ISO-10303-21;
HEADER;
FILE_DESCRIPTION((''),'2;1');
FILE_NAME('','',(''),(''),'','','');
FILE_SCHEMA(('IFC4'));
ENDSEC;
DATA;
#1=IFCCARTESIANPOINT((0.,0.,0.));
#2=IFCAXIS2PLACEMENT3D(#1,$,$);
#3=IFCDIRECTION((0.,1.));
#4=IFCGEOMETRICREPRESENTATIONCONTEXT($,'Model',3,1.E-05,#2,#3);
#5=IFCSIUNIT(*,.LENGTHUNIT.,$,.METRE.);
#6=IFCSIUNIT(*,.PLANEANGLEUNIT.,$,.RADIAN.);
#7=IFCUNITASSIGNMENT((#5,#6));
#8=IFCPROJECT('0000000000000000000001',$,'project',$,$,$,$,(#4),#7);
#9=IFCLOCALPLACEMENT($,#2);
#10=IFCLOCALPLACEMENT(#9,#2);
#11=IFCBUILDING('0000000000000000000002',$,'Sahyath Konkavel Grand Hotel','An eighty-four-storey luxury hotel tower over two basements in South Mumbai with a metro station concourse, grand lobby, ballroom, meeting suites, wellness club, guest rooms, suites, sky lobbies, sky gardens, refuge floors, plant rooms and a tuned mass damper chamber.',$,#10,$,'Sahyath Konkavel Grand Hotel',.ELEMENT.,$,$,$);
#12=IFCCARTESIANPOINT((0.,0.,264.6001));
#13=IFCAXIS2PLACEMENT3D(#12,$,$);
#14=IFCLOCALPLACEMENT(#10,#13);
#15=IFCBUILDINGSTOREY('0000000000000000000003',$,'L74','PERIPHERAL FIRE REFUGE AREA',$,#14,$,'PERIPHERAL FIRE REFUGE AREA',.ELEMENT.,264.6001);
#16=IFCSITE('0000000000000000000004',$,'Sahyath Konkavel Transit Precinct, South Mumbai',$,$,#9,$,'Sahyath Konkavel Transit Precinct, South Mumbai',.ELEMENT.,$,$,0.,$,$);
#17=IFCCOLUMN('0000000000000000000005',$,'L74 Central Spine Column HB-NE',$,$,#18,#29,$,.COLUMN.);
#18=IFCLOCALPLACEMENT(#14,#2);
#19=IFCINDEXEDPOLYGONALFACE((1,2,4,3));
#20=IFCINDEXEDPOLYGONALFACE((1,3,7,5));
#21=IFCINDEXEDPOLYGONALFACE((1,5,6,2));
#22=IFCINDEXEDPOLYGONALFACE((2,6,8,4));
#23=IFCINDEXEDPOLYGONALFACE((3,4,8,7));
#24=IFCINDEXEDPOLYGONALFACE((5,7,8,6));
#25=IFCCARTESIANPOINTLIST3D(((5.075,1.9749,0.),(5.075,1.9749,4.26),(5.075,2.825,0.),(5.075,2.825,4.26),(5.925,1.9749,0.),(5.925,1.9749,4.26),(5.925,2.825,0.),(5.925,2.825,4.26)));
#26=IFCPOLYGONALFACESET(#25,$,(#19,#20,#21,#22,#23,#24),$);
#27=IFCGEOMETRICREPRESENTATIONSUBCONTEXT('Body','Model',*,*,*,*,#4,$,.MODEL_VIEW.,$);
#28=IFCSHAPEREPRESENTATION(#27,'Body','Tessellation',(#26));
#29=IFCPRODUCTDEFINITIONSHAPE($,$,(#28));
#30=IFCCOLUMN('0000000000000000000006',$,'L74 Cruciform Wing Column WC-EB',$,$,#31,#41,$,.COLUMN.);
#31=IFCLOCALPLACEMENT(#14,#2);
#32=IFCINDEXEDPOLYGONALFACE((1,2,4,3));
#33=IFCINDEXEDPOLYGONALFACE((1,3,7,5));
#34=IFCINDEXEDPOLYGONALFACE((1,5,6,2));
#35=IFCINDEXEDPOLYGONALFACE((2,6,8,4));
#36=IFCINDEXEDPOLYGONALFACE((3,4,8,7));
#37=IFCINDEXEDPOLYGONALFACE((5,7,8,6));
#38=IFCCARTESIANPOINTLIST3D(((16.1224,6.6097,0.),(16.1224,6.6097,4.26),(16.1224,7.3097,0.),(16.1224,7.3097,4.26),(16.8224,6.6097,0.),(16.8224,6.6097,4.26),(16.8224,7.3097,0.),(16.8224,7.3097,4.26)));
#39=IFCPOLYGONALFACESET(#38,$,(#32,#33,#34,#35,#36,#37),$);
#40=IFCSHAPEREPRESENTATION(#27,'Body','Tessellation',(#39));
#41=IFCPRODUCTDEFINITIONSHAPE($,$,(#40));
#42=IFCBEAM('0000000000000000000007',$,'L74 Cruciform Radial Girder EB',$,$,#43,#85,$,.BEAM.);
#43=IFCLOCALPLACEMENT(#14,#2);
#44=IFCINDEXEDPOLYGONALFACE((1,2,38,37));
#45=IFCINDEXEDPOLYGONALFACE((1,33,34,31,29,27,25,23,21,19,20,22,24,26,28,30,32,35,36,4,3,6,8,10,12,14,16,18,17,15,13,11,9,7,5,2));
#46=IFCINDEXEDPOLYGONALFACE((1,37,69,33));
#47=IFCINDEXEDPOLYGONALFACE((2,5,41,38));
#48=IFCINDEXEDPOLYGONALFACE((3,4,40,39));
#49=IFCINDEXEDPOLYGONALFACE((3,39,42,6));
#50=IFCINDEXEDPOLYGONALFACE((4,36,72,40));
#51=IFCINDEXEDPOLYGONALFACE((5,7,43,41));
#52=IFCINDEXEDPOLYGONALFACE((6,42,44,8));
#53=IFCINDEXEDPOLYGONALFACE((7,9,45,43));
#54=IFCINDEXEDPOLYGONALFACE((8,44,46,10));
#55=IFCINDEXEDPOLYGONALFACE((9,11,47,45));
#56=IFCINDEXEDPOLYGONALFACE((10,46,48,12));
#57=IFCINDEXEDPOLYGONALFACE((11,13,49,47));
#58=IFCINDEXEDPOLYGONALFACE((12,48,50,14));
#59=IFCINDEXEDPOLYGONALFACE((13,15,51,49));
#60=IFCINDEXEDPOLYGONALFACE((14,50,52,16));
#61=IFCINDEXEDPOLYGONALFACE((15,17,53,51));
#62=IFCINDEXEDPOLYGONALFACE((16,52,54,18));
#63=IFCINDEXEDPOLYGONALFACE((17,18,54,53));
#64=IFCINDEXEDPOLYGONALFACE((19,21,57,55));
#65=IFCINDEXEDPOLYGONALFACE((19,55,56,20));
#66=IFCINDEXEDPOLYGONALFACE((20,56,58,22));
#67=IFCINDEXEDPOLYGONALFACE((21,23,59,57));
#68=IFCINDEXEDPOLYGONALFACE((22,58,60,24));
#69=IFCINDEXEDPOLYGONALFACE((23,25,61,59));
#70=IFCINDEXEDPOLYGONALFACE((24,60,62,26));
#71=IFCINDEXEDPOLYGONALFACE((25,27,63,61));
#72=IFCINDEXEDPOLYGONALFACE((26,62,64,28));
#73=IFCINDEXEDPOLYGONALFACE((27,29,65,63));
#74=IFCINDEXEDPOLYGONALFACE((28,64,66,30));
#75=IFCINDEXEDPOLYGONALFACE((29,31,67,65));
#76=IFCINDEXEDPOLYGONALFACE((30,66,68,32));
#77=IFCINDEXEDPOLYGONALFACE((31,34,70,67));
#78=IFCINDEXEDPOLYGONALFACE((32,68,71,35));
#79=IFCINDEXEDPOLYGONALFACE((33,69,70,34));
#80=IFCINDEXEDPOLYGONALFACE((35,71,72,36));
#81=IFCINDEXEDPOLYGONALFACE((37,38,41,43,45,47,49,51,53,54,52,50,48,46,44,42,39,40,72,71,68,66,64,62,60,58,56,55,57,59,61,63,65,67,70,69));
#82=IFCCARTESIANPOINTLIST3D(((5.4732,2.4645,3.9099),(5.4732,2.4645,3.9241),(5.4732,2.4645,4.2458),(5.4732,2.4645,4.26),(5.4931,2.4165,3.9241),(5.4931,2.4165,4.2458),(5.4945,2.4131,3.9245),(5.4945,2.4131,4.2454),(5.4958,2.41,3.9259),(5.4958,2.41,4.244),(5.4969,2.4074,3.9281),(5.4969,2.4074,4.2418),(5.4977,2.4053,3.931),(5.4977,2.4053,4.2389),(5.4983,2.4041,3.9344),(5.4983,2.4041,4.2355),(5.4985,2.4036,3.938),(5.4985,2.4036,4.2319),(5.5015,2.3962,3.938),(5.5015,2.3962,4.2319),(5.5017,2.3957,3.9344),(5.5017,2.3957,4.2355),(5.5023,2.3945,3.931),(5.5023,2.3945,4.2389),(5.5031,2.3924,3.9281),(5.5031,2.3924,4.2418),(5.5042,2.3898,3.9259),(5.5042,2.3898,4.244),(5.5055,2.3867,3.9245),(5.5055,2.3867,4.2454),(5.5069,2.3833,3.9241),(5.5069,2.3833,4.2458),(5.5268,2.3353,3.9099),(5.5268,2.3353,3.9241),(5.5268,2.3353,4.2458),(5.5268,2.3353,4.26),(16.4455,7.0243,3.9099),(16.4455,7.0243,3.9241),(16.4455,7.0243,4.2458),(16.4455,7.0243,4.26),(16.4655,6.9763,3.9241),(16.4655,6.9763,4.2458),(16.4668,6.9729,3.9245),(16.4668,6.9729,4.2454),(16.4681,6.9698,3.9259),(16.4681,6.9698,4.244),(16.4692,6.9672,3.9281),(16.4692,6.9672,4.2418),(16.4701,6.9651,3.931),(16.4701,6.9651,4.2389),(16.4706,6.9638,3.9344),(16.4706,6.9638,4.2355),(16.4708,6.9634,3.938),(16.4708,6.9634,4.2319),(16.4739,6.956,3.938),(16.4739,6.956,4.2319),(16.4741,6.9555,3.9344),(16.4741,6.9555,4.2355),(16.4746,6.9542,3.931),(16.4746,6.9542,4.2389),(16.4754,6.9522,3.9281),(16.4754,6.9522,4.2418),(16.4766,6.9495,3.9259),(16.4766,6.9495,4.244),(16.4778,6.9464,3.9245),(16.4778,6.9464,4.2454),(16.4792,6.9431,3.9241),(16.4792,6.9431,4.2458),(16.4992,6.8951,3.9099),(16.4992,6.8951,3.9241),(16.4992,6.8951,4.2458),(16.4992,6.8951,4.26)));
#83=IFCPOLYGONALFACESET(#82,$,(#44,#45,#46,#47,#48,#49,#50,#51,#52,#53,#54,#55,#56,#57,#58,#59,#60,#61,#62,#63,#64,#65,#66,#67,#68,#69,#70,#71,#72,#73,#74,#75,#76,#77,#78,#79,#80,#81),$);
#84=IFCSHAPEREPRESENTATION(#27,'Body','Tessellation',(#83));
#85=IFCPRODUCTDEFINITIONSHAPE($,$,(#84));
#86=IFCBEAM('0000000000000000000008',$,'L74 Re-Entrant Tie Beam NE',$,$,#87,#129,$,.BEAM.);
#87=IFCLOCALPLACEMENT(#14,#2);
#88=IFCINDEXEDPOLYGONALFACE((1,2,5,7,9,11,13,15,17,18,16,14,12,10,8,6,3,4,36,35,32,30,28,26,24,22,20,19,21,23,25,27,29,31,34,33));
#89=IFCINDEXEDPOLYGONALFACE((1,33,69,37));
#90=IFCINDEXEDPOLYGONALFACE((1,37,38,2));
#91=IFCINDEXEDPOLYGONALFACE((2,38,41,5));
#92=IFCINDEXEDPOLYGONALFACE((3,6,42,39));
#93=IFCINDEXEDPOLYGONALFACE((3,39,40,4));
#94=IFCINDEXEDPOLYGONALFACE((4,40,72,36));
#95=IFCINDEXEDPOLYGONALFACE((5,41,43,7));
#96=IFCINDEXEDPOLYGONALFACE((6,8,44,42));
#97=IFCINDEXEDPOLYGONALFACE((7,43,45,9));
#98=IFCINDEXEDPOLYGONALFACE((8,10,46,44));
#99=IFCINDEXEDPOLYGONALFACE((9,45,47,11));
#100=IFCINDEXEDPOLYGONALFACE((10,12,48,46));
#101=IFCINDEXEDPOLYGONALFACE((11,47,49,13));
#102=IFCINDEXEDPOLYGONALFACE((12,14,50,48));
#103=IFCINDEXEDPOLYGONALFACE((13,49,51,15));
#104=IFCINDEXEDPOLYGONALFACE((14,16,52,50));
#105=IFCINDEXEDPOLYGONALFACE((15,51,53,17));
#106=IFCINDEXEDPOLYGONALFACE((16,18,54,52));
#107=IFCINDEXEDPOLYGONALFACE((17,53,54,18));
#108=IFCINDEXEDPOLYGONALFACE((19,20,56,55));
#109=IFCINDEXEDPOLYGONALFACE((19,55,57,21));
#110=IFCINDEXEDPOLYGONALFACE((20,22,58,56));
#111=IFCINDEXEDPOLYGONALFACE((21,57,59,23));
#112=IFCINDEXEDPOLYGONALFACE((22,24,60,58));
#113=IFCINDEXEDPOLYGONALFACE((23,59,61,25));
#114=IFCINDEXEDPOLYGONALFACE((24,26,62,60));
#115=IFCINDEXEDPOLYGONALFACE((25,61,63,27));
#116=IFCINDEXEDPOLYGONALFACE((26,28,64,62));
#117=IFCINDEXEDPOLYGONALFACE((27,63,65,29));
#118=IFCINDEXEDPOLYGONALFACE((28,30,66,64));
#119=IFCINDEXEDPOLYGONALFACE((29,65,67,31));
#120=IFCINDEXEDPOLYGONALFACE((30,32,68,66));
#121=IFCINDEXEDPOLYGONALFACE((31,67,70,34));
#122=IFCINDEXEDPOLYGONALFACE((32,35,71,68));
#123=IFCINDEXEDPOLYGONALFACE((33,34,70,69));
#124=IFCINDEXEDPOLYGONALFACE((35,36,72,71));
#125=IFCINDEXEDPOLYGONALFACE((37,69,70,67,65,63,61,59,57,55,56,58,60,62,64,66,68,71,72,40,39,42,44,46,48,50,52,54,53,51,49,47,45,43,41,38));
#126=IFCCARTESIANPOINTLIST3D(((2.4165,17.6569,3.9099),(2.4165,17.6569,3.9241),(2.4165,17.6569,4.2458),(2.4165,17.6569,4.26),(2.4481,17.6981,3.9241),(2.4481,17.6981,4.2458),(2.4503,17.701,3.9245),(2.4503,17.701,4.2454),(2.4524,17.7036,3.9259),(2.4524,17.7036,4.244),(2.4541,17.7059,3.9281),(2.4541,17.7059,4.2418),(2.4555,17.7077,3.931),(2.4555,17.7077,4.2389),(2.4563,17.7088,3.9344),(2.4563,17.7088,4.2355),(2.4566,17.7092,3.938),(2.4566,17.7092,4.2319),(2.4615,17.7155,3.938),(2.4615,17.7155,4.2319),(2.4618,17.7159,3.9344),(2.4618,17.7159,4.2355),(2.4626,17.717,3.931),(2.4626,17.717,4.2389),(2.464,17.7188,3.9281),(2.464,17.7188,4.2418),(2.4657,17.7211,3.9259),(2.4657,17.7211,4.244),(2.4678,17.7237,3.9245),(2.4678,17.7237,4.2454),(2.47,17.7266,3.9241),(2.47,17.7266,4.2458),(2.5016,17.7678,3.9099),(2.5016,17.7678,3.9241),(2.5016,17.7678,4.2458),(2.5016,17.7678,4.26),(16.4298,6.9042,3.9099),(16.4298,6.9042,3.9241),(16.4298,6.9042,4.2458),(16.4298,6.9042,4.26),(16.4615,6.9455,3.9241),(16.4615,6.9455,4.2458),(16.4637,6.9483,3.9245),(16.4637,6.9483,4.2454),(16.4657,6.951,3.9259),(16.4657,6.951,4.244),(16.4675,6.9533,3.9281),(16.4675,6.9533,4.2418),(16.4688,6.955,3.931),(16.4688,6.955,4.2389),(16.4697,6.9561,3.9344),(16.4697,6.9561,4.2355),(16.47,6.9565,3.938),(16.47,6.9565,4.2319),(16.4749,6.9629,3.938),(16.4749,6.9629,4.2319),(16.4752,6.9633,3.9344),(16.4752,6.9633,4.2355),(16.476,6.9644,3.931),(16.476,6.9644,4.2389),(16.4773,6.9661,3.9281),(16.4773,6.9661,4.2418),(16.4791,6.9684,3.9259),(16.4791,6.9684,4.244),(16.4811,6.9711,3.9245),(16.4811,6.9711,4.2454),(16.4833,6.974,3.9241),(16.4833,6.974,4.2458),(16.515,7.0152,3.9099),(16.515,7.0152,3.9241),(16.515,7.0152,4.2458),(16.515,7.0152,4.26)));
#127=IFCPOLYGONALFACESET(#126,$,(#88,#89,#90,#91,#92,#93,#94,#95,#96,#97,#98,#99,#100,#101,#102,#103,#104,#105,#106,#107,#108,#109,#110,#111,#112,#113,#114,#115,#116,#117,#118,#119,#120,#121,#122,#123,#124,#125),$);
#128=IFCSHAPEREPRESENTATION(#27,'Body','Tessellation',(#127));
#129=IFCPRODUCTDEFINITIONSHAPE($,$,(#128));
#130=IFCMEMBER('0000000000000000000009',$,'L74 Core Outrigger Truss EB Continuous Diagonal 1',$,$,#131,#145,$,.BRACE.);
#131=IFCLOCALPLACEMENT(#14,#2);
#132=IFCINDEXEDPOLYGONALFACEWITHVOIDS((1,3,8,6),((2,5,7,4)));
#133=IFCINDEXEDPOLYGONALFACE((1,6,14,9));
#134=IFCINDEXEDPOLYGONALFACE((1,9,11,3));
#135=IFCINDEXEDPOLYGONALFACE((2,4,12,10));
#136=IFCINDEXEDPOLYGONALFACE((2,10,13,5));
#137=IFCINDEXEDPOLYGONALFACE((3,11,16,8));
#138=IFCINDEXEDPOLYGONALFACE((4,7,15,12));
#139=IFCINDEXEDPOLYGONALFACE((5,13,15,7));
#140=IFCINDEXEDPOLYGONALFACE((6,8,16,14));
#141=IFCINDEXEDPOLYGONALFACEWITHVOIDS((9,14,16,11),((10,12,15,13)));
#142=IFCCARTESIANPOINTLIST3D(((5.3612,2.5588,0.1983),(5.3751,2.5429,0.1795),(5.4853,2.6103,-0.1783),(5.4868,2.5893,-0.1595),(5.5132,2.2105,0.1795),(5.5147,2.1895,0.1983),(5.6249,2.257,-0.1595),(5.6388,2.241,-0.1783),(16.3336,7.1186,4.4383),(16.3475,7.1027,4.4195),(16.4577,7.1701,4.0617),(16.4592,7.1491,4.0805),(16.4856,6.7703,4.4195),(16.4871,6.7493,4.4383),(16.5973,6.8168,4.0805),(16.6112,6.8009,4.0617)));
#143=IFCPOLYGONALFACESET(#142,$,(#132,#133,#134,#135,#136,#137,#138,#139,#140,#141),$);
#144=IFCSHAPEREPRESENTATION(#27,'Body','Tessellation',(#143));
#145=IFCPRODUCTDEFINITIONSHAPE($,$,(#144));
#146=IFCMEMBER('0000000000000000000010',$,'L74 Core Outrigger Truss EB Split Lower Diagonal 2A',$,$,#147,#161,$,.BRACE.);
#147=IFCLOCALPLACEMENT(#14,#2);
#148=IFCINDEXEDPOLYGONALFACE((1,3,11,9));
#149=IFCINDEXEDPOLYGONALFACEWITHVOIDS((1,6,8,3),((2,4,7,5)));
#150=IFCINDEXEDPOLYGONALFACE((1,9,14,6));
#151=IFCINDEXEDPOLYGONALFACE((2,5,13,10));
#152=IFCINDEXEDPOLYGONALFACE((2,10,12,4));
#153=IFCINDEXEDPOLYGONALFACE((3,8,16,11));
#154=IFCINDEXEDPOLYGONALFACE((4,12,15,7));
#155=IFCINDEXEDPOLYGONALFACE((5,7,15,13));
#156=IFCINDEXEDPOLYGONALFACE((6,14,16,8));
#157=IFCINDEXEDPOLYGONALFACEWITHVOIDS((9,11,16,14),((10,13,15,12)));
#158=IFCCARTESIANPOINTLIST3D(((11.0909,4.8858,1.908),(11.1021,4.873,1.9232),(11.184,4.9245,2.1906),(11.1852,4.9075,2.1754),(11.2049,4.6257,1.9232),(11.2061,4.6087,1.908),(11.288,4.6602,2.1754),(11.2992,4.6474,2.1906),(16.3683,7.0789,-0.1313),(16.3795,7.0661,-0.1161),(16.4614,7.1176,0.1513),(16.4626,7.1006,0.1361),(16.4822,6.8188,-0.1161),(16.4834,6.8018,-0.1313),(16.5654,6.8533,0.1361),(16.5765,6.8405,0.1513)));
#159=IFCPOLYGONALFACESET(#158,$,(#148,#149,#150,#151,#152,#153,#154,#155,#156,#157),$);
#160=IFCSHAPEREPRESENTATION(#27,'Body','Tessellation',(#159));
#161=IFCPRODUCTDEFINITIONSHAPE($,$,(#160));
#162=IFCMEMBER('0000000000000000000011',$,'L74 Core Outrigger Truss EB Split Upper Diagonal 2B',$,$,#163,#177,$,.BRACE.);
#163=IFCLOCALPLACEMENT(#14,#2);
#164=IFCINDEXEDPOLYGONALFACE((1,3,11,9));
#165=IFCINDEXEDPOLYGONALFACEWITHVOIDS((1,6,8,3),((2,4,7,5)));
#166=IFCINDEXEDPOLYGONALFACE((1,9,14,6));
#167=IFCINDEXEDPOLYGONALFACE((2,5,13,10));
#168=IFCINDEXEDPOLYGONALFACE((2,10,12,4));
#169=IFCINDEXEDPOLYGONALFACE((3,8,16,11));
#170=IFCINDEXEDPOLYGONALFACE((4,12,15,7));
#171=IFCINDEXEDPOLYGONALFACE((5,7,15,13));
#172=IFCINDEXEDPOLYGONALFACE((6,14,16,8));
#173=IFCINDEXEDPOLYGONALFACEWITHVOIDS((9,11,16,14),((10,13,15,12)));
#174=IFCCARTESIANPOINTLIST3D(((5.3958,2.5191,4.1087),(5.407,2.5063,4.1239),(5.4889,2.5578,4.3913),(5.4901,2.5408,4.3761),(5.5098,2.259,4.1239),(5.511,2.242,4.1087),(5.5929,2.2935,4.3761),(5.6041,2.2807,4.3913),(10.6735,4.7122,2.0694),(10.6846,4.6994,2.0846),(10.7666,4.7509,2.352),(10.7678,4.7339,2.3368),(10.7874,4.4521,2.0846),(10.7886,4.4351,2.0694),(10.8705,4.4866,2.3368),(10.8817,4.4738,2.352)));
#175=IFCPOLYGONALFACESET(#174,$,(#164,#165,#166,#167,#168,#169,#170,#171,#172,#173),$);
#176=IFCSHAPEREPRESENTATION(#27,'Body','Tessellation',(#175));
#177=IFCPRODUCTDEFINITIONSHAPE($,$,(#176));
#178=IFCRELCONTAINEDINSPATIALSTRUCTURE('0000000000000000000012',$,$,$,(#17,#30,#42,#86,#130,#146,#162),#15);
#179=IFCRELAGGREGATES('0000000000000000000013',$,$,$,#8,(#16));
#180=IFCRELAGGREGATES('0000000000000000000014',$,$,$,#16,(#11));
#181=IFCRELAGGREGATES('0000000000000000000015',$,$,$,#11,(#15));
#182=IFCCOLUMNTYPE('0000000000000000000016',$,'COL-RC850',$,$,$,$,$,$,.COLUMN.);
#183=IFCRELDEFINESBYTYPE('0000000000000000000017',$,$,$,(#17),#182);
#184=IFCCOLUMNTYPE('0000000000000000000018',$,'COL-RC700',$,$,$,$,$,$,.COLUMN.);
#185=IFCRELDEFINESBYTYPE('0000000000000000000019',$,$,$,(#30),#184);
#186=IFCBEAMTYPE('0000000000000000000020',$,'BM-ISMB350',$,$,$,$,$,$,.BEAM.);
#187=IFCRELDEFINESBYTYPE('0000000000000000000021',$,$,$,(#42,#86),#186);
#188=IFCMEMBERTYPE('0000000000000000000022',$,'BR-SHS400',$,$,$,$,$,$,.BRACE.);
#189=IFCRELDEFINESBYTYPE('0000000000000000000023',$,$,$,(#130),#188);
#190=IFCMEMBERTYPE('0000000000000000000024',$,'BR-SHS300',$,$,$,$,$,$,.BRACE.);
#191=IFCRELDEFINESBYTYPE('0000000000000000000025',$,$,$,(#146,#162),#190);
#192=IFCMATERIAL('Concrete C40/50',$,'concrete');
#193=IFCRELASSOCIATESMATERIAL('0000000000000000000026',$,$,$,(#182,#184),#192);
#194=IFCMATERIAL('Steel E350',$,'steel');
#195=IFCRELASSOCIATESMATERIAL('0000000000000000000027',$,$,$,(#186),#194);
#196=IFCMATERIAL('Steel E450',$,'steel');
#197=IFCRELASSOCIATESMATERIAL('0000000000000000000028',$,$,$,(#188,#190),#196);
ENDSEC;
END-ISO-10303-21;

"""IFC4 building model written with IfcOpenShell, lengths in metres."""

from ifc_helpers import new_model, si_unit, direction, frame, origin, origin_2d, place, context, subcontext, project, spatial, rectangle, hollow_rectangle, i_section, extrude, source, transform, mapped, material, material_profile, profile_set, type_object, element, save


model = new_model("IFC4")

# Units and contexts
model_context = context("Model", 3, precision=1e-05, world=origin(), true_north=direction((0.0, 1.0)))
body_context = subcontext(model_context, "Body", "Model", "MODEL_VIEW")
ifc_project = project(units=[si_unit("LENGTHUNIT", "METRE"), si_unit("PLANEANGLEUNIT", "RADIAN")], contexts=[model_context])

# Site, building, storey
site_placement = place(None, origin())
site = spatial("IfcSite", under=ifc_project, at=site_placement, Name="Sahyath Konkavel Transit Precinct, South Mumbai", LongName="Sahyath Konkavel Transit Precinct, South Mumbai", CompositionType="ELEMENT", RefElevation=0.0)
building_placement = place(site_placement, origin())
building = spatial("IfcBuilding", under=site, at=building_placement, Name="Sahyath Konkavel Grand Hotel", Description="An eighty-four-storey luxury hotel tower over two basements in South Mumbai with a metro station concourse, grand lobby, ballroom, meeting suites, wellness club, guest rooms, suites, sky lobbies, sky gardens, refuge floors, plant rooms and a tuned mass damper chamber.", LongName="Sahyath Konkavel Grand Hotel", CompositionType="ELEMENT")
storey_placement = place(building_placement, frame((0.0, 0.0, 264.6001)))
storey = spatial("IfcBuildingStorey", under=building, at=storey_placement, Name="L74", Description="PERIPHERAL FIRE REFUGE AREA", LongName="PERIPHERAL FIRE REFUGE AREA", CompositionType="ELEMENT", Elevation=264.6001)

# Columns
ifc_material_1 = material(Name="Concrete C40/50", Category="concrete")
ifc_material_profile_1 = material_profile(ifc_material_1, rectangle(XDim=0.8501, YDim=0.8501, at=origin_2d()), Name="RC 850x850")
ifc_profile_set_1 = profile_set([ifc_material_profile_1], Name="Concrete C40/50")
column_type_1 = type_object("IfcColumnType", Name="COL-RC850", PredefinedType="COLUMN", material=ifc_profile_set_1)
shared_shape_1 = source(origin(), body_context, "Body", "SweptSolid", [
    extrude(rectangle(XDim=0.8501, YDim=0.8501, at=origin_2d()), origin(), (0.0, 0.0, 1.0), 4.26),
])
column_1_placement = place(storey_placement, frame((5.5, 2.3999, 0.0), z_axis=(0.0, 0.0, 1.0), x_axis=(1.0, 0.0, 0.0)))
element("IfcColumn", 1, at=column_1_placement, inside=storey, type_object=column_type_1, Name="L74 Central Spine Column HB-NE", PredefinedType="COLUMN", context=body_context, shape_type="MappedRepresentation", body=[
    mapped(shared_shape_1, transform((0.0, 0.0, 0.0), scale=1.0)),
])
ifc_material_profile_2 = material_profile(ifc_material_1, rectangle(XDim=0.7, YDim=0.7, at=origin_2d()), Name="RC 700x700")
ifc_profile_set_2 = profile_set([ifc_material_profile_2], Name="Concrete C40/50")
column_type_2 = type_object("IfcColumnType", Name="COL-RC700", PredefinedType="COLUMN", material=ifc_profile_set_2)
shared_shape_2 = source(origin(), body_context, "Body", "SweptSolid", [
    extrude(rectangle(XDim=0.7, YDim=0.7, at=origin_2d()), origin(), (0.0, 0.0, 1.0), 4.26),
])
column_2_placement = place(storey_placement, frame((16.4724, 6.9597, 0.0), z_axis=(0.0, 0.0, 1.0), x_axis=(1.0, 0.0, 0.0)))
element("IfcColumn", 2, at=column_2_placement, inside=storey, type_object=column_type_2, Name="L74 Cruciform Wing Column WC-EB", PredefinedType="COLUMN", context=body_context, shape_type="MappedRepresentation", body=[
    mapped(shared_shape_2, transform((0.0, 0.0, 0.0), scale=1.0)),
])

# Beams
ifc_material_2 = material(Name="Steel E350", Category="steel")
ifc_material_profile_3 = material_profile(ifc_material_2, i_section(OverallWidth=0.1399, OverallDepth=0.3501, WebThickness=0.0081, FlangeThickness=0.0142, FilletRadius=0.0139, at=origin_2d()), Name="ISMB 350")
ifc_profile_set_3 = profile_set([ifc_material_profile_3], Name="Steel E350")
beam_type = type_object("IfcBeamType", Name="BM-ISMB350", PredefinedType="BEAM", material=ifc_profile_set_3)
shared_shape_3 = source(origin(), body_context, "Body", "SweptSolid", [
    extrude(i_section(OverallWidth=0.1399, OverallDepth=0.3501, WebThickness=0.0081, FlangeThickness=0.0142, FilletRadius=0.0139, at=origin_2d()), origin(), (0.0, 0.0, 1.0), 11.8821),
])
beam_1_placement = place(storey_placement, frame((5.5, 2.3999, 4.085), z_axis=(0.923436, 0.383753, 0.0), x_axis=(-0.383753, 0.923436, 0.0)))
element("IfcBeam", 3, at=beam_1_placement, inside=storey, type_object=beam_type, Name="L74 Cruciform Radial Girder EB", PredefinedType="BEAM", context=body_context, shape_type="MappedRepresentation", body=[
    mapped(shared_shape_3, transform((0.0, 0.0, 0.0), scale=1.0)),
])
shared_shape_4 = source(origin(), body_context, "Body", "SweptSolid", [
    extrude(i_section(OverallWidth=0.1399, OverallDepth=0.3501, WebThickness=0.0081, FlangeThickness=0.0142, FilletRadius=0.0139, at=origin_2d()), origin(), (0.0, 0.0, 1.0), 17.6633),
])
beam_2_placement = place(storey_placement, frame((16.4724, 6.9597, 4.085), z_axis=(-0.793359, 0.608754, 0.0), x_axis=(-0.608754, -0.793359, 0.0)))
element("IfcBeam", 4, at=beam_2_placement, inside=storey, type_object=beam_type, Name="L74 Re-Entrant Tie Beam NE", PredefinedType="BEAM", context=body_context, shape_type="MappedRepresentation", body=[
    mapped(shared_shape_4, transform((0.0, 0.0, 0.0), scale=1.0)),
])

# Members
ifc_material_3 = material(Name="Steel E450", Category="steel")
ifc_material_profile_4 = material_profile(ifc_material_3, hollow_rectangle(XDim=0.3999, YDim=0.3999, WallThickness=0.02, at=origin_2d()), Name="SHS 400x400x20")
ifc_profile_set_4 = profile_set([ifc_material_profile_4], Name="Steel E450")
member_type_1 = type_object("IfcMemberType", Name="BR-SHS400", PredefinedType="BRACE", material=ifc_profile_set_4)
shared_shape_5 = source(origin(), body_context, "Body", "SweptSolid", [
    extrude(hollow_rectangle(XDim=0.3999, YDim=0.3999, WallThickness=0.02, at=origin_2d()), origin(), (0.0, 0.0, 1.0), 12.616),
])
member_1_placement = place(storey_placement, frame((5.5, 2.3999, 0.01), z_axis=(0.869723, 0.361431, 0.336081), x_axis=(-0.383753, 0.923436, 0.0)))
element("IfcMember", 5, at=member_1_placement, inside=storey, type_object=member_type_1, Name="L74 Core Outrigger Truss EB Continuous Diagonal 1", PredefinedType="BRACE", context=body_context, shape_type="MappedRepresentation", body=[
    mapped(shared_shape_5, transform((0.0, 0.0, 0.0), scale=1.0)),
])
ifc_material_profile_5 = material_profile(ifc_material_3, hollow_rectangle(XDim=0.3, YDim=0.3, WallThickness=0.0161, at=origin_2d()), Name="SHS 300x300x16")
ifc_profile_set_5 = profile_set([ifc_material_profile_5], Name="Steel E450")
member_type_2 = type_object("IfcMemberType", Name="BR-SHS300", PredefinedType="BRACE", material=ifc_profile_set_5)
shared_shape_6 = source(origin(), body_context, "Body", "SweptSolid", [
    extrude(hollow_rectangle(XDim=0.3, YDim=0.3, WallThickness=0.0161, at=origin_2d()), origin(), (0.0, 0.0, 1.0), 6.0679),
])
member_2_placement = place(storey_placement, frame((16.4724, 6.9597, 0.01), z_axis=(-0.869721, -0.361432, 0.336084), x_axis=(0.383754, -0.923435, 0.0)))
element("IfcMember", 6, at=member_2_placement, inside=storey, type_object=member_type_2, Name="L74 Core Outrigger Truss EB Split Lower Diagonal 2A", PredefinedType="BRACE", context=body_context, shape_type="MappedRepresentation", body=[
    mapped(shared_shape_6, transform((0.0, 0.0, 0.0), scale=1.0)),
])
shared_shape_7 = source(origin(), body_context, "Body", "SweptSolid", [
    extrude(hollow_rectangle(XDim=0.3, YDim=0.3, WallThickness=0.0161, at=origin_2d()), origin(), (0.0, 0.0, 1.0), 6.0681),
])
member_3_placement = place(storey_placement, frame((10.7776, 4.593, 2.2107), z_axis=(-0.869731, -0.361419, 0.336072), x_axis=(0.383739, -0.923442, 0.0)))
element("IfcMember", 7, at=member_3_placement, inside=storey, type_object=member_type_2, Name="L74 Core Outrigger Truss EB Split Upper Diagonal 2B", PredefinedType="BRACE", context=body_context, shape_type="MappedRepresentation", body=[
    mapped(shared_shape_7, transform((0.0, 0.0, 0.0), scale=1.0)),
])

save(model, "model.ifc")
